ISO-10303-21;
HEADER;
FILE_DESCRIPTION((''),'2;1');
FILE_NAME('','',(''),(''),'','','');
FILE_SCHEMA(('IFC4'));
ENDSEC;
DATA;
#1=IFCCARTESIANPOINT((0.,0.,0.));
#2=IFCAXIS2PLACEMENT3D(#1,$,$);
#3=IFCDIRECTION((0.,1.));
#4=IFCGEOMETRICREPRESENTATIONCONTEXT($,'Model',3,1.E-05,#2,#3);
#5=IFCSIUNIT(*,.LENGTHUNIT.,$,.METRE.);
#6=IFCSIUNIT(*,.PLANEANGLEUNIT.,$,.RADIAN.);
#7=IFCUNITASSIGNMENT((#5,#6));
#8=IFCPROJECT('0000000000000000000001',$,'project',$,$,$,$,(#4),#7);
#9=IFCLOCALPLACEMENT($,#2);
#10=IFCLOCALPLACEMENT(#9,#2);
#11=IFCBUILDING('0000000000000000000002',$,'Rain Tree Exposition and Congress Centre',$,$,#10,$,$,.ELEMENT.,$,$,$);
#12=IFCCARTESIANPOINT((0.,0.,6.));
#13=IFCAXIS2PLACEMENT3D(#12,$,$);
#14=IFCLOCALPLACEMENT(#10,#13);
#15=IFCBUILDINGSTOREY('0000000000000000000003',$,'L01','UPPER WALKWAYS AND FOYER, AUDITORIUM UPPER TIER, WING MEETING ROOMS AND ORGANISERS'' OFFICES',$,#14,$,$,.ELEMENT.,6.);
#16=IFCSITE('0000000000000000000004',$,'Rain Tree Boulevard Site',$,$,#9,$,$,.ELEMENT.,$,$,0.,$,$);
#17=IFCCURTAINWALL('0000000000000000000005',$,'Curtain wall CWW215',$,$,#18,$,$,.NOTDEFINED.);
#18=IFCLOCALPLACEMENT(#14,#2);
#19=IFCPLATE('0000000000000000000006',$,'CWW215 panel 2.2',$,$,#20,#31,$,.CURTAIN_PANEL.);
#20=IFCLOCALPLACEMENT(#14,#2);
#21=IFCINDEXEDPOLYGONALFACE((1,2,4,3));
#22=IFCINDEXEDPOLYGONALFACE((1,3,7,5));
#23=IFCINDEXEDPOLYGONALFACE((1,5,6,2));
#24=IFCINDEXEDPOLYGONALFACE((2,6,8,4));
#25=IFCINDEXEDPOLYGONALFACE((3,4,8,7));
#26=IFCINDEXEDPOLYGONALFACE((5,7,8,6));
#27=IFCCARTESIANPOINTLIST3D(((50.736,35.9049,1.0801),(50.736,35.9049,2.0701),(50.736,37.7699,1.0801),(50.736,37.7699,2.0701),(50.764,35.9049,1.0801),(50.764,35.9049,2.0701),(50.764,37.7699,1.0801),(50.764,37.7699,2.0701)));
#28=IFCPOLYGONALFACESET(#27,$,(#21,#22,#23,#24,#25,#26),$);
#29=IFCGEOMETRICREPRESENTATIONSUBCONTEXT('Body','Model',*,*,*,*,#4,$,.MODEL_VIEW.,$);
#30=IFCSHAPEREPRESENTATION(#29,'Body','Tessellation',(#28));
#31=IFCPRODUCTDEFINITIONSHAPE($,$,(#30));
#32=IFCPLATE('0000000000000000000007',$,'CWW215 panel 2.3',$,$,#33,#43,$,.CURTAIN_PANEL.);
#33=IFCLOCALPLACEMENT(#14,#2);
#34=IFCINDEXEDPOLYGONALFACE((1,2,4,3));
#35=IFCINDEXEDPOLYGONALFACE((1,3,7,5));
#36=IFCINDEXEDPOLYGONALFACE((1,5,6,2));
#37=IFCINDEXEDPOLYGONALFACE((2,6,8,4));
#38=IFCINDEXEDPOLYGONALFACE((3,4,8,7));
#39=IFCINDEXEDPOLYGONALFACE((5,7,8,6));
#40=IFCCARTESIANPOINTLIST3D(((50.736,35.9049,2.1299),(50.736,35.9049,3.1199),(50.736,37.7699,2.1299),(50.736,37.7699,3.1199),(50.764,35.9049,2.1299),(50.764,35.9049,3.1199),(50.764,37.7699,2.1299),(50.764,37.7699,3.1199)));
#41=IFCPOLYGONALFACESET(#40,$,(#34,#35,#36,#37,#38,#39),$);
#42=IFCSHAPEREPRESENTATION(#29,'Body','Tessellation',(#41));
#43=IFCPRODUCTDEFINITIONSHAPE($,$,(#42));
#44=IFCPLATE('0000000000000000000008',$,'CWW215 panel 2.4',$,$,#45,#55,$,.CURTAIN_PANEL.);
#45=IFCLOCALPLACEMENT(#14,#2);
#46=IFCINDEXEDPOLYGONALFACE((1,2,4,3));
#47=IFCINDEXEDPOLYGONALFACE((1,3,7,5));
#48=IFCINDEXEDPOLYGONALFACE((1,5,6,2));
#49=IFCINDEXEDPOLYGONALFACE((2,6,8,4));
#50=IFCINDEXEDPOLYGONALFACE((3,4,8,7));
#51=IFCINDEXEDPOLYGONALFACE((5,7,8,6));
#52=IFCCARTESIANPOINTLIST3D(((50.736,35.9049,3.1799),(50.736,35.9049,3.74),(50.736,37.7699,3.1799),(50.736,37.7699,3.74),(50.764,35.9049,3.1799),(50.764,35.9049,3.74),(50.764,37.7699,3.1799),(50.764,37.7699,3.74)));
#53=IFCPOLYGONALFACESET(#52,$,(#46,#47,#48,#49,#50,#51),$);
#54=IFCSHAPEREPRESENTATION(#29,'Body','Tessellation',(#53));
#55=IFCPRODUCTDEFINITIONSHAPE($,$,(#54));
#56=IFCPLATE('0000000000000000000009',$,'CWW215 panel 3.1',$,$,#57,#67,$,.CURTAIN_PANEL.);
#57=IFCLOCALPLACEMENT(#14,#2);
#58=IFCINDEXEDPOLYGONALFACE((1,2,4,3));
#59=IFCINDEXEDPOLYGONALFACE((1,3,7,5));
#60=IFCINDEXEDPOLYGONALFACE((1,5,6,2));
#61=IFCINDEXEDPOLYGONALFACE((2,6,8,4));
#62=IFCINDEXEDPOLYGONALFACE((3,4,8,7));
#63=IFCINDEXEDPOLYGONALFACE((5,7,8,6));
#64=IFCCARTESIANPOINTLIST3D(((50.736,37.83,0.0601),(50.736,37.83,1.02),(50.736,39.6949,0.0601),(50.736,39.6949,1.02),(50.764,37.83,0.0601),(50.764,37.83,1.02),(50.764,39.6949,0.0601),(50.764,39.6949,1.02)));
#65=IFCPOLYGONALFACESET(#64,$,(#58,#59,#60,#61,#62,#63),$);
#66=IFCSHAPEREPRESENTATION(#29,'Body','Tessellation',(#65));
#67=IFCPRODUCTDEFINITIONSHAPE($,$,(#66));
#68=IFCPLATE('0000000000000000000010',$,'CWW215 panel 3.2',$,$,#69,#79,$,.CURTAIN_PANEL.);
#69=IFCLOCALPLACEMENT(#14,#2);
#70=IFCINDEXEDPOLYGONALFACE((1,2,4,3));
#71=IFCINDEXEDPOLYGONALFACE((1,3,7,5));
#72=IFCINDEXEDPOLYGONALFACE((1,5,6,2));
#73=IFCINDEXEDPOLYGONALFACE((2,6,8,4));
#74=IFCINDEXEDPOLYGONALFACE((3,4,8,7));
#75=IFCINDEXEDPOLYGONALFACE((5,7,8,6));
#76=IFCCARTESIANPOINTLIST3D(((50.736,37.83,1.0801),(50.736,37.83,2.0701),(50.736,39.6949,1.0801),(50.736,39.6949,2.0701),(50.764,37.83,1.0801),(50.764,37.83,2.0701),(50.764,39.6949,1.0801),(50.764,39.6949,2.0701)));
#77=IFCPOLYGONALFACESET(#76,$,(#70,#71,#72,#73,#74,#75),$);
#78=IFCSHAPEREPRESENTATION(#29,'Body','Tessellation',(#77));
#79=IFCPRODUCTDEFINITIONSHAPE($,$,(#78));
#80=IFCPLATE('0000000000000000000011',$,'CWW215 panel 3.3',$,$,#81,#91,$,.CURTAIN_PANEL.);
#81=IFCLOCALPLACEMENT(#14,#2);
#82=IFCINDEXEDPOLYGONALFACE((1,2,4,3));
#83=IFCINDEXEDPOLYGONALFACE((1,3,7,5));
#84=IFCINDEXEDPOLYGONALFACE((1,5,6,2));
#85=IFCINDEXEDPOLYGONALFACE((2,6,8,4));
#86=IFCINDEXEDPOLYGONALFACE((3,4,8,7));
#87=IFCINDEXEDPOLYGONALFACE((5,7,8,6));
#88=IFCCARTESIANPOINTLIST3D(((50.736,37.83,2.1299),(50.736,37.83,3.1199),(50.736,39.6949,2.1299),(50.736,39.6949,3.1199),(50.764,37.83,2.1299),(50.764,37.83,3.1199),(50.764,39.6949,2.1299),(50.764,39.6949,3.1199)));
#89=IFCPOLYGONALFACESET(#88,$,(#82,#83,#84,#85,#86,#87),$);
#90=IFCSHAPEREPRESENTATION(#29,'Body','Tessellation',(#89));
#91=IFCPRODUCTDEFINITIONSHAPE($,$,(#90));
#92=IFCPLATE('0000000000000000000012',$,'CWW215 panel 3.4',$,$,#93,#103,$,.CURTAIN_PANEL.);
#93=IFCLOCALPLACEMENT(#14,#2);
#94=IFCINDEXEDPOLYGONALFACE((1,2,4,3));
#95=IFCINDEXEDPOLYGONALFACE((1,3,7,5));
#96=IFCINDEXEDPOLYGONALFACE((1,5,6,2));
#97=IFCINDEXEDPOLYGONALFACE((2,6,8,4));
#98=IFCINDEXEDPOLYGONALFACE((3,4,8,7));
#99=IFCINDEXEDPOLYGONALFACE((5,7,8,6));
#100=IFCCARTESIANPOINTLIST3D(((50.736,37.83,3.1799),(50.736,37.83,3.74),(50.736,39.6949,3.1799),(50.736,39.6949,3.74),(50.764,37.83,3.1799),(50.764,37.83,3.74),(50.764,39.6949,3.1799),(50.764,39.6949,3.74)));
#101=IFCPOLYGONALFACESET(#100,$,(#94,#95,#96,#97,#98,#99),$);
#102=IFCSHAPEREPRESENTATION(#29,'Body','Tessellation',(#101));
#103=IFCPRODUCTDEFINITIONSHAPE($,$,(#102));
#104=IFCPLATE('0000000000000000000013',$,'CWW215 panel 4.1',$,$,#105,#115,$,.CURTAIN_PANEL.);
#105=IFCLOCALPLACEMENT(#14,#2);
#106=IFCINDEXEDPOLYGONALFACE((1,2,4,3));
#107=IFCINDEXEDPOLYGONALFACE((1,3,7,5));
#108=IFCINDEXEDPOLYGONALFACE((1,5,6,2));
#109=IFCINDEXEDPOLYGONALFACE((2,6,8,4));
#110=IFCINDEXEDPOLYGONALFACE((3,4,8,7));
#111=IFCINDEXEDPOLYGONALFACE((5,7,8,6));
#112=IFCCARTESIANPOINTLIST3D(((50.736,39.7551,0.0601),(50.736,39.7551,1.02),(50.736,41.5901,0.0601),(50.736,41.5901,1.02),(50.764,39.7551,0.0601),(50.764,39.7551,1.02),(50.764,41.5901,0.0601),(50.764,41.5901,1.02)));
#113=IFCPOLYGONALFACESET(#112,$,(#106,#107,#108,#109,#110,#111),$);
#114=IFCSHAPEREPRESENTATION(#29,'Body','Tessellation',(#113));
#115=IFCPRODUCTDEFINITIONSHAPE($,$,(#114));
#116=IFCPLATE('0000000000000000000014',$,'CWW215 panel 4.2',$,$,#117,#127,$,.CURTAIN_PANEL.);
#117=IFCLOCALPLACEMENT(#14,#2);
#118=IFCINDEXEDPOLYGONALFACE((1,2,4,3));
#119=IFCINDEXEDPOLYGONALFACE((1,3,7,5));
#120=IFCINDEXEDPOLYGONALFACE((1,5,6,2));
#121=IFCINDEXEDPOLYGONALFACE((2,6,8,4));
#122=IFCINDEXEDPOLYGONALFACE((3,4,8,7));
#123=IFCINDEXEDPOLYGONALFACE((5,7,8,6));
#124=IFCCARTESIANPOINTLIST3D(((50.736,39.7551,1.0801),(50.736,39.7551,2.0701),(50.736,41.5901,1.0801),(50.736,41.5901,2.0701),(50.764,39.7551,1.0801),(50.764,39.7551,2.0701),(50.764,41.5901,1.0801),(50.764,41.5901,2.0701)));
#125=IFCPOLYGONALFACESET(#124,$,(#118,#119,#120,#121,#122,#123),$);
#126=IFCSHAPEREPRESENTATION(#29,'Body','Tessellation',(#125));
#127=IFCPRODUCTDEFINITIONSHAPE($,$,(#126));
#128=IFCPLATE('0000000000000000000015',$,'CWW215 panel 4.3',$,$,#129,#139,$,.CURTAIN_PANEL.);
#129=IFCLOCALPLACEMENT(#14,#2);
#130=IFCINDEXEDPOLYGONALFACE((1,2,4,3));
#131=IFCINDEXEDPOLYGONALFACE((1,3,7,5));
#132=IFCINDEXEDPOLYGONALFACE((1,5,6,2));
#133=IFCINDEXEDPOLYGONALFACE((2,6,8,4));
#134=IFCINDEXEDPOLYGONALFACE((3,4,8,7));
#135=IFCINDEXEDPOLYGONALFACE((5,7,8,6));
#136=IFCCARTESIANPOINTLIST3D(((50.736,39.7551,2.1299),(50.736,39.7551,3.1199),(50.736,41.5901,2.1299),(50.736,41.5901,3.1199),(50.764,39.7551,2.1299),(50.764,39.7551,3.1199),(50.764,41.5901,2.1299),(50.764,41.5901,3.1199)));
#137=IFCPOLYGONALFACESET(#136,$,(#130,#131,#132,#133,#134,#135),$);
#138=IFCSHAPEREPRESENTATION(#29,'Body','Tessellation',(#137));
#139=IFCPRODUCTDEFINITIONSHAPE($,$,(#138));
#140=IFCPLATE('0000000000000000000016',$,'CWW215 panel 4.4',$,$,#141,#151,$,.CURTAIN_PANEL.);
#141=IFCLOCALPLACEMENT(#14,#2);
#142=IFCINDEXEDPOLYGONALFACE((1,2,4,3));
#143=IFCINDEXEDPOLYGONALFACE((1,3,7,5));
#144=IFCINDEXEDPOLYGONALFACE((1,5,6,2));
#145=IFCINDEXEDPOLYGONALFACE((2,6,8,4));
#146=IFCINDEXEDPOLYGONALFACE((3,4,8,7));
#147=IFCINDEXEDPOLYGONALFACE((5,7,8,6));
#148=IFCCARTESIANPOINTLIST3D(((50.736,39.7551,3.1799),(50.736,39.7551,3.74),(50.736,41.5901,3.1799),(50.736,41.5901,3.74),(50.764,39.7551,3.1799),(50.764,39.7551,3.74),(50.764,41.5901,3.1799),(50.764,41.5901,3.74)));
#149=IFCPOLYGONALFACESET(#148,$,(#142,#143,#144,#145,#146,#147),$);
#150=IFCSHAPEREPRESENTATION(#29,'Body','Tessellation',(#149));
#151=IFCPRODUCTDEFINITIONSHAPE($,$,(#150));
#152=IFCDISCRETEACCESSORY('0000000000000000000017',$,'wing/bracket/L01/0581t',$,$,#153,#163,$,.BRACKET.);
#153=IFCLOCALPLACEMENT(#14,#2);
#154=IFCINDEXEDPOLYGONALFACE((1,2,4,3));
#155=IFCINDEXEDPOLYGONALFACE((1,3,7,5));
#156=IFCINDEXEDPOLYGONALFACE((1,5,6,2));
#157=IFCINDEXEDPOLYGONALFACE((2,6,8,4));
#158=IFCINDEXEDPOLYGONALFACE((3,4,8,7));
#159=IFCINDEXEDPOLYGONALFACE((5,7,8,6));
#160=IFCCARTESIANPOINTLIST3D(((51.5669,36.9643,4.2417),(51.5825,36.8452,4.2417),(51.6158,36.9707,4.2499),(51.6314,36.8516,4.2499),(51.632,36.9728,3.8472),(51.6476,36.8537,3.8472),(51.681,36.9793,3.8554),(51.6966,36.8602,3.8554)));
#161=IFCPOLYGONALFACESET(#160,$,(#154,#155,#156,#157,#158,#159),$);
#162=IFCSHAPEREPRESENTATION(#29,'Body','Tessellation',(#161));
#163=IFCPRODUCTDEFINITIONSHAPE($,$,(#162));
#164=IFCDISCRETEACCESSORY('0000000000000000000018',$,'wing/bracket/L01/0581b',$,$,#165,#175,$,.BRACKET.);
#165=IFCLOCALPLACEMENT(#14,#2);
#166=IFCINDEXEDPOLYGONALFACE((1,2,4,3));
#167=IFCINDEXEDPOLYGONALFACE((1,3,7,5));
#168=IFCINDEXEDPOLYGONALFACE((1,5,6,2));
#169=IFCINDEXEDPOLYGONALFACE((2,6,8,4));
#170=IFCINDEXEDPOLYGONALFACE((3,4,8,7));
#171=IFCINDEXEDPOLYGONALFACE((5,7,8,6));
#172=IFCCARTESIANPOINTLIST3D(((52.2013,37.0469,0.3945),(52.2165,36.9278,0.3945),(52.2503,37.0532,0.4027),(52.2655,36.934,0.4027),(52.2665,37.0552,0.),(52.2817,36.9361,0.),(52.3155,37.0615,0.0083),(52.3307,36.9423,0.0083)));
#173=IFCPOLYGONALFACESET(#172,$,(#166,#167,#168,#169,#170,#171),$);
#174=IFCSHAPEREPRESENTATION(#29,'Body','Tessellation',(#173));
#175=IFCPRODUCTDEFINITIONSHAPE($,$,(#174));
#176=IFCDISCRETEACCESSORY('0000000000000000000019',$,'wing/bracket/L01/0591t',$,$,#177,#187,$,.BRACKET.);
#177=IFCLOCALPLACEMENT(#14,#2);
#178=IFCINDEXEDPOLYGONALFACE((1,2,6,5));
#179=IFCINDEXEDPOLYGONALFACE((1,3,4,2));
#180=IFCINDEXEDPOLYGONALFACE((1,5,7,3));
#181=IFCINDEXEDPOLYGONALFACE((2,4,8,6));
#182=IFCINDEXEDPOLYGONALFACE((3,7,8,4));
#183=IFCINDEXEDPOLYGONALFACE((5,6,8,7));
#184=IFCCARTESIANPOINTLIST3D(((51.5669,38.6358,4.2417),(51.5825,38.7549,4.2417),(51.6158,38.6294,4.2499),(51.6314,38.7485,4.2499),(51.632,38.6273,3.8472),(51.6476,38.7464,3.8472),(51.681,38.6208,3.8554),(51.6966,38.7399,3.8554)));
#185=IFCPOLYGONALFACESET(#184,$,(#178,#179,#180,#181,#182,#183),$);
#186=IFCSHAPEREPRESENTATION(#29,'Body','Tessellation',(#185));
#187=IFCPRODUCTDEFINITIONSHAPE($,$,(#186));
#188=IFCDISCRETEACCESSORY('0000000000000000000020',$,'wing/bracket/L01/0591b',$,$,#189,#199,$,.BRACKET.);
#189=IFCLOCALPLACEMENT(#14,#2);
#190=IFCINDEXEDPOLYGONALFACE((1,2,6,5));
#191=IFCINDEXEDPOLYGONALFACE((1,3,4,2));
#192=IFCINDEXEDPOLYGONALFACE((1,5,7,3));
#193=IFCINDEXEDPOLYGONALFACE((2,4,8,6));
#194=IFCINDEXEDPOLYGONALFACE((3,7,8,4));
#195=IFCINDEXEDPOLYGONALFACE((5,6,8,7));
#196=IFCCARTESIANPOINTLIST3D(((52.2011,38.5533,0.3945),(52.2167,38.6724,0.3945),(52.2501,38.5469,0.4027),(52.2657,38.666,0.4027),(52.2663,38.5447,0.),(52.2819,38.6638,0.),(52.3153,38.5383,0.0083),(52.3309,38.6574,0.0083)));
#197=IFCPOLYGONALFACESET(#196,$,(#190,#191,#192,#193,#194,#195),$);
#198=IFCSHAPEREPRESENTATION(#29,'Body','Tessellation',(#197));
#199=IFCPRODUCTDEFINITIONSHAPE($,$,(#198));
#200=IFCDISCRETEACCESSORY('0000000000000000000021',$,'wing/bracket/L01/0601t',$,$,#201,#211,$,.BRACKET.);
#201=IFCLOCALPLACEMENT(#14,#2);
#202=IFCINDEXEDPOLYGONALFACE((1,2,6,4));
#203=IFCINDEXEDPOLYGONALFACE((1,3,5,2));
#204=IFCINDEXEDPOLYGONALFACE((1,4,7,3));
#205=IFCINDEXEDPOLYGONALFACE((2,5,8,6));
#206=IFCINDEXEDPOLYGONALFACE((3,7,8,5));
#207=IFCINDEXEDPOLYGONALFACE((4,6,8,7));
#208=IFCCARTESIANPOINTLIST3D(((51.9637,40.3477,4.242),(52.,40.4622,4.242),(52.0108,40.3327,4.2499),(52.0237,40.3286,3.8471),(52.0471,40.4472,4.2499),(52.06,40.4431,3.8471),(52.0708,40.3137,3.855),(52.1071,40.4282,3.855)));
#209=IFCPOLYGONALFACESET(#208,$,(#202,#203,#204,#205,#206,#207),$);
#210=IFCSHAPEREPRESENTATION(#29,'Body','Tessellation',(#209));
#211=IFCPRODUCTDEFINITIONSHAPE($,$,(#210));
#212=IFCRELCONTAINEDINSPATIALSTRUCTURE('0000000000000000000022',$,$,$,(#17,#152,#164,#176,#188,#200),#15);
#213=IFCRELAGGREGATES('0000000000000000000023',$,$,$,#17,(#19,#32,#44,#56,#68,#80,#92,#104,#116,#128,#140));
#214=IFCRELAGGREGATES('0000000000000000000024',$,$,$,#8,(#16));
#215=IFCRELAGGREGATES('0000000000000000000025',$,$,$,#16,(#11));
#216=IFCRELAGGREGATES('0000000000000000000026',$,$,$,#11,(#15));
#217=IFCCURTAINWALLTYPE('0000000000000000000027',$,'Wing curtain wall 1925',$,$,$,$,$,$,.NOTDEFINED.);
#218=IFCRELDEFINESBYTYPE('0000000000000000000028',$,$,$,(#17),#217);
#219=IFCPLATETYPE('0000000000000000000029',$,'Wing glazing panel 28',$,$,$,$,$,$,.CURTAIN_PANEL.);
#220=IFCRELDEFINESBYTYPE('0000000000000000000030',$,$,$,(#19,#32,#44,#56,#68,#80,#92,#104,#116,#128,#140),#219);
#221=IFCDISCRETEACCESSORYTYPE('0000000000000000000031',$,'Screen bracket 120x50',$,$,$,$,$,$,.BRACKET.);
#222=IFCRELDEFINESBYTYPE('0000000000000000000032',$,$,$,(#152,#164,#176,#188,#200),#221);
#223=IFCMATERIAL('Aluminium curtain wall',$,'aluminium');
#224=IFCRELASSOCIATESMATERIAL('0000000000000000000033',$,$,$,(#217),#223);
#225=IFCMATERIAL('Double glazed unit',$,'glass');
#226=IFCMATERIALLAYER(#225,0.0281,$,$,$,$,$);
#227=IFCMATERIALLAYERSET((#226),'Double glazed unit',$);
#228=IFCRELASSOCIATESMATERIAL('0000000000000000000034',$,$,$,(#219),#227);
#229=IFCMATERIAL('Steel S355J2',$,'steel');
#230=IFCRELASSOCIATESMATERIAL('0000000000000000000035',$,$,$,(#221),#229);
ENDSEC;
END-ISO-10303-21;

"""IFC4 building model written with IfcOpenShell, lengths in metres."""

from ifc_helpers import new_model, si_unit, direction, frame, origin, origin_2d, place, context, subcontext, project, spatial, rectangle, extrude, material, layer, layer_set, material_profile, profile_set, type_object, element, aggregate, save


model = new_model("IFC4")

# Units and contexts
model_context = context("Model", 3, precision=1e-05, world=origin(), true_north=direction((0.0, 1.0)))
body_context = subcontext(model_context, "Body", "Model", "MODEL_VIEW")
ifc_project = project(units=[si_unit("LENGTHUNIT", "METRE"), si_unit("PLANEANGLEUNIT", "RADIAN")], contexts=[model_context])

# Site, building, storey
site_placement = place(None, origin())
site = spatial("IfcSite", under=ifc_project, at=site_placement, Name="Rain Tree Boulevard Site", CompositionType="ELEMENT", RefElevation=0.0)
building_placement = place(site_placement, origin())
building = spatial("IfcBuilding", under=site, at=building_placement, Name="Rain Tree Exposition and Congress Centre", CompositionType="ELEMENT")
storey_placement = place(building_placement, frame((0.0, 0.0, 6.0)))
storey = spatial("IfcBuildingStorey", under=building, at=storey_placement, Name="L01", Description="UPPER WALKWAYS AND FOYER, AUDITORIUM UPPER TIER, WING MEETING ROOMS AND ORGANISERS' OFFICES", CompositionType="ELEMENT", Elevation=6.0)

# Curtain wall, plates
ifc_material_1 = material(Name="Aluminium curtain wall", Category="aluminium")
curtain_wall_type = type_object("IfcCurtainWallType", Name="Wing curtain wall 1925", PredefinedType="NOTDEFINED", material=ifc_material_1)
curtain_wall_placement = place(storey_placement, origin())
curtain_wall = element("IfcCurtainWall", 1, at=curtain_wall_placement, inside=storey, type_object=curtain_wall_type, Name="Curtain wall CWW215", PredefinedType="NOTDEFINED")
ifc_material_2 = material(Name="Double glazed unit", Category="glass")
ifc_layer_1 = layer(ifc_material_2, 0.0281)
ifc_layer_set_1 = layer_set([ifc_layer_1], Name="Double glazed unit")
plate_type = type_object("IfcPlateType", Name="Wing glazing panel 28", PredefinedType="CURTAIN_PANEL", material=ifc_layer_set_1)
plate_1_placement = place(storey_placement, frame((50.75, 36.8374, 1.0801), z_axis=(0.0, 0.0, 1.0), x_axis=(0.0, 1.0, 0.0)))
plate_1 = element("IfcPlate", 2, at=plate_1_placement, type_object=plate_type, Name="CWW215 panel 2.2", PredefinedType="CURTAIN_PANEL", context=body_context, shape_type="SweptSolid", body=[
    extrude(rectangle(XDim=1.865, YDim=0.0281, at=origin_2d()), origin(), (0.0, 0.0, 1.0), 0.99),
])
plate_2_placement = place(storey_placement, frame((50.75, 36.8374, 2.1299), z_axis=(0.0, 0.0, 1.0), x_axis=(0.0, 1.0, 0.0)))
plate_2 = element("IfcPlate", 3, at=plate_2_placement, type_object=plate_type, Name="CWW215 panel 2.3", PredefinedType="CURTAIN_PANEL", context=body_context, shape_type="SweptSolid", body=[
    extrude(rectangle(XDim=1.865, YDim=0.0281, at=origin_2d()), origin(), (0.0, 0.0, 1.0), 0.99),
])
plate_3_placement = place(storey_placement, frame((50.75, 36.8374, 3.1799), z_axis=(0.0, 0.0, 1.0), x_axis=(0.0, 1.0, 0.0)))
plate_3 = element("IfcPlate", 4, at=plate_3_placement, type_object=plate_type, Name="CWW215 panel 2.4", PredefinedType="CURTAIN_PANEL", context=body_context, shape_type="SweptSolid", body=[
    extrude(rectangle(XDim=1.865, YDim=0.0281, at=origin_2d()), origin(), (0.0, 0.0, 1.0), 0.5601),
])
plate_4_placement = place(storey_placement, frame((50.75, 38.7625, 0.0601), z_axis=(0.0, 0.0, 1.0), x_axis=(0.0, 1.0, 0.0)))
plate_4 = element("IfcPlate", 5, at=plate_4_placement, type_object=plate_type, Name="CWW215 panel 3.1", PredefinedType="CURTAIN_PANEL", context=body_context, shape_type="SweptSolid", body=[
    extrude(rectangle(XDim=1.865, YDim=0.0281, at=origin_2d()), origin(), (0.0, 0.0, 1.0), 0.96),
])
plate_5_placement = place(storey_placement, frame((50.75, 38.7625, 1.0801), z_axis=(0.0, 0.0, 1.0), x_axis=(0.0, 1.0, 0.0)))
plate_5 = element("IfcPlate", 6, at=plate_5_placement, type_object=plate_type, Name="CWW215 panel 3.2", PredefinedType="CURTAIN_PANEL", context=body_context, shape_type="SweptSolid", body=[
    extrude(rectangle(XDim=1.865, YDim=0.0281, at=origin_2d()), origin(), (0.0, 0.0, 1.0), 0.99),
])
plate_6_placement = place(storey_placement, frame((50.75, 38.7625, 2.1299), z_axis=(0.0, 0.0, 1.0), x_axis=(0.0, 1.0, 0.0)))
plate_6 = element("IfcPlate", 7, at=plate_6_placement, type_object=plate_type, Name="CWW215 panel 3.3", PredefinedType="CURTAIN_PANEL", context=body_context, shape_type="SweptSolid", body=[
    extrude(rectangle(XDim=1.865, YDim=0.0281, at=origin_2d()), origin(), (0.0, 0.0, 1.0), 0.99),
])
plate_7_placement = place(storey_placement, frame((50.75, 38.7625, 3.1799), z_axis=(0.0, 0.0, 1.0), x_axis=(0.0, 1.0, 0.0)))
plate_7 = element("IfcPlate", 8, at=plate_7_placement, type_object=plate_type, Name="CWW215 panel 3.4", PredefinedType="CURTAIN_PANEL", context=body_context, shape_type="SweptSolid", body=[
    extrude(rectangle(XDim=1.865, YDim=0.0281, at=origin_2d()), origin(), (0.0, 0.0, 1.0), 0.5601),
])
plate_8_placement = place(storey_placement, frame((50.75, 40.6726, 0.0601), z_axis=(0.0, 0.0, 1.0), x_axis=(0.0, 1.0, 0.0)))
plate_8 = element("IfcPlate", 9, at=plate_8_placement, type_object=plate_type, Name="CWW215 panel 4.1", PredefinedType="CURTAIN_PANEL", context=body_context, shape_type="SweptSolid", body=[
    extrude(rectangle(XDim=1.835, YDim=0.0281, at=origin_2d()), origin(), (0.0, 0.0, 1.0), 0.96),
])
plate_9_placement = place(storey_placement, frame((50.75, 40.6726, 1.0801), z_axis=(0.0, 0.0, 1.0), x_axis=(0.0, 1.0, 0.0)))
plate_9 = element("IfcPlate", 10, at=plate_9_placement, type_object=plate_type, Name="CWW215 panel 4.2", PredefinedType="CURTAIN_PANEL", context=body_context, shape_type="SweptSolid", body=[
    extrude(rectangle(XDim=1.835, YDim=0.0281, at=origin_2d()), origin(), (0.0, 0.0, 1.0), 0.99),
])
plate_10_placement = place(storey_placement, frame((50.75, 40.6726, 2.1299), z_axis=(0.0, 0.0, 1.0), x_axis=(0.0, 1.0, 0.0)))
plate_10 = element("IfcPlate", 11, at=plate_10_placement, type_object=plate_type, Name="CWW215 panel 4.3", PredefinedType="CURTAIN_PANEL", context=body_context, shape_type="SweptSolid", body=[
    extrude(rectangle(XDim=1.835, YDim=0.0281, at=origin_2d()), origin(), (0.0, 0.0, 1.0), 0.99),
])
plate_11_placement = place(storey_placement, frame((50.75, 40.6726, 3.1799), z_axis=(0.0, 0.0, 1.0), x_axis=(0.0, 1.0, 0.0)))
plate_11 = element("IfcPlate", 12, at=plate_11_placement, type_object=plate_type, Name="CWW215 panel 4.4", PredefinedType="CURTAIN_PANEL", context=body_context, shape_type="SweptSolid", body=[
    extrude(rectangle(XDim=1.835, YDim=0.0281, at=origin_2d()), origin(), (0.0, 0.0, 1.0), 0.5601),
])
aggregate(curtain_wall, [plate_1, plate_2, plate_3, plate_4, plate_5, plate_6, plate_7, plate_8, plate_9, plate_10, plate_11])

# Discrete accessories
ifc_material_3 = material(Name="Steel S355J2", Category="steel")
ifc_material_profile_1 = material_profile(ifc_material_3, rectangle(XDim=0.1201, YDim=0.05, at=origin_2d()), Name="Flat bar 120x50")
ifc_profile_set_1 = profile_set([ifc_material_profile_1], Name="Steel S355J2")
discrete_accessory_type = type_object("IfcDiscreteAccessoryType", Name="Screen bracket 120x50", PredefinedType="BRACKET", material=ifc_profile_set_1)
for number, where, z_axis, x_axis, name in (
    (13, (51.6643, 36.9165, 3.8513), (-0.162976, -0.021364, 0.986399), (0.129974, -0.991517, 0.0), "wing/bracket/L01/0581t"),
    (14, (52.2986, 36.9988, 0.0042), (-0.162978, -0.020754, 0.986411), (0.126321, -0.991989, 0.0), "wing/bracket/L01/0581b"),
    (15, (51.6643, 38.6836, 3.8513), (-0.162976, 0.021364, 0.986399), (-0.129974, -0.991517, 0.0), "wing/bracket/L01/0591t"),
    (16, (52.2986, 38.6011, 0.0042), (-0.162976, 0.021364, 0.986399), (-0.129974, -0.991517, 0.0), "wing/bracket/L01/0591b"),
    (17, (52.0654, 40.3784, 3.8511), (-0.150142, 0.047606, 0.987518), (-0.302244, -0.953231, 0.0), "wing/bracket/L01/0601t"),
):
    element("IfcDiscreteAccessory", number, at=place(storey_placement, frame(where, z_axis=z_axis, x_axis=x_axis)), inside=storey, type_object=discrete_accessory_type, Name=name, PredefinedType="BRACKET", context=body_context, shape_type="SweptSolid", body=[
        extrude(rectangle(XDim=0.1201, YDim=0.05, at=origin_2d()), origin(), (0.0, 0.0, 1.0), 0.3999),
    ])

save(model, "model.ifc")
